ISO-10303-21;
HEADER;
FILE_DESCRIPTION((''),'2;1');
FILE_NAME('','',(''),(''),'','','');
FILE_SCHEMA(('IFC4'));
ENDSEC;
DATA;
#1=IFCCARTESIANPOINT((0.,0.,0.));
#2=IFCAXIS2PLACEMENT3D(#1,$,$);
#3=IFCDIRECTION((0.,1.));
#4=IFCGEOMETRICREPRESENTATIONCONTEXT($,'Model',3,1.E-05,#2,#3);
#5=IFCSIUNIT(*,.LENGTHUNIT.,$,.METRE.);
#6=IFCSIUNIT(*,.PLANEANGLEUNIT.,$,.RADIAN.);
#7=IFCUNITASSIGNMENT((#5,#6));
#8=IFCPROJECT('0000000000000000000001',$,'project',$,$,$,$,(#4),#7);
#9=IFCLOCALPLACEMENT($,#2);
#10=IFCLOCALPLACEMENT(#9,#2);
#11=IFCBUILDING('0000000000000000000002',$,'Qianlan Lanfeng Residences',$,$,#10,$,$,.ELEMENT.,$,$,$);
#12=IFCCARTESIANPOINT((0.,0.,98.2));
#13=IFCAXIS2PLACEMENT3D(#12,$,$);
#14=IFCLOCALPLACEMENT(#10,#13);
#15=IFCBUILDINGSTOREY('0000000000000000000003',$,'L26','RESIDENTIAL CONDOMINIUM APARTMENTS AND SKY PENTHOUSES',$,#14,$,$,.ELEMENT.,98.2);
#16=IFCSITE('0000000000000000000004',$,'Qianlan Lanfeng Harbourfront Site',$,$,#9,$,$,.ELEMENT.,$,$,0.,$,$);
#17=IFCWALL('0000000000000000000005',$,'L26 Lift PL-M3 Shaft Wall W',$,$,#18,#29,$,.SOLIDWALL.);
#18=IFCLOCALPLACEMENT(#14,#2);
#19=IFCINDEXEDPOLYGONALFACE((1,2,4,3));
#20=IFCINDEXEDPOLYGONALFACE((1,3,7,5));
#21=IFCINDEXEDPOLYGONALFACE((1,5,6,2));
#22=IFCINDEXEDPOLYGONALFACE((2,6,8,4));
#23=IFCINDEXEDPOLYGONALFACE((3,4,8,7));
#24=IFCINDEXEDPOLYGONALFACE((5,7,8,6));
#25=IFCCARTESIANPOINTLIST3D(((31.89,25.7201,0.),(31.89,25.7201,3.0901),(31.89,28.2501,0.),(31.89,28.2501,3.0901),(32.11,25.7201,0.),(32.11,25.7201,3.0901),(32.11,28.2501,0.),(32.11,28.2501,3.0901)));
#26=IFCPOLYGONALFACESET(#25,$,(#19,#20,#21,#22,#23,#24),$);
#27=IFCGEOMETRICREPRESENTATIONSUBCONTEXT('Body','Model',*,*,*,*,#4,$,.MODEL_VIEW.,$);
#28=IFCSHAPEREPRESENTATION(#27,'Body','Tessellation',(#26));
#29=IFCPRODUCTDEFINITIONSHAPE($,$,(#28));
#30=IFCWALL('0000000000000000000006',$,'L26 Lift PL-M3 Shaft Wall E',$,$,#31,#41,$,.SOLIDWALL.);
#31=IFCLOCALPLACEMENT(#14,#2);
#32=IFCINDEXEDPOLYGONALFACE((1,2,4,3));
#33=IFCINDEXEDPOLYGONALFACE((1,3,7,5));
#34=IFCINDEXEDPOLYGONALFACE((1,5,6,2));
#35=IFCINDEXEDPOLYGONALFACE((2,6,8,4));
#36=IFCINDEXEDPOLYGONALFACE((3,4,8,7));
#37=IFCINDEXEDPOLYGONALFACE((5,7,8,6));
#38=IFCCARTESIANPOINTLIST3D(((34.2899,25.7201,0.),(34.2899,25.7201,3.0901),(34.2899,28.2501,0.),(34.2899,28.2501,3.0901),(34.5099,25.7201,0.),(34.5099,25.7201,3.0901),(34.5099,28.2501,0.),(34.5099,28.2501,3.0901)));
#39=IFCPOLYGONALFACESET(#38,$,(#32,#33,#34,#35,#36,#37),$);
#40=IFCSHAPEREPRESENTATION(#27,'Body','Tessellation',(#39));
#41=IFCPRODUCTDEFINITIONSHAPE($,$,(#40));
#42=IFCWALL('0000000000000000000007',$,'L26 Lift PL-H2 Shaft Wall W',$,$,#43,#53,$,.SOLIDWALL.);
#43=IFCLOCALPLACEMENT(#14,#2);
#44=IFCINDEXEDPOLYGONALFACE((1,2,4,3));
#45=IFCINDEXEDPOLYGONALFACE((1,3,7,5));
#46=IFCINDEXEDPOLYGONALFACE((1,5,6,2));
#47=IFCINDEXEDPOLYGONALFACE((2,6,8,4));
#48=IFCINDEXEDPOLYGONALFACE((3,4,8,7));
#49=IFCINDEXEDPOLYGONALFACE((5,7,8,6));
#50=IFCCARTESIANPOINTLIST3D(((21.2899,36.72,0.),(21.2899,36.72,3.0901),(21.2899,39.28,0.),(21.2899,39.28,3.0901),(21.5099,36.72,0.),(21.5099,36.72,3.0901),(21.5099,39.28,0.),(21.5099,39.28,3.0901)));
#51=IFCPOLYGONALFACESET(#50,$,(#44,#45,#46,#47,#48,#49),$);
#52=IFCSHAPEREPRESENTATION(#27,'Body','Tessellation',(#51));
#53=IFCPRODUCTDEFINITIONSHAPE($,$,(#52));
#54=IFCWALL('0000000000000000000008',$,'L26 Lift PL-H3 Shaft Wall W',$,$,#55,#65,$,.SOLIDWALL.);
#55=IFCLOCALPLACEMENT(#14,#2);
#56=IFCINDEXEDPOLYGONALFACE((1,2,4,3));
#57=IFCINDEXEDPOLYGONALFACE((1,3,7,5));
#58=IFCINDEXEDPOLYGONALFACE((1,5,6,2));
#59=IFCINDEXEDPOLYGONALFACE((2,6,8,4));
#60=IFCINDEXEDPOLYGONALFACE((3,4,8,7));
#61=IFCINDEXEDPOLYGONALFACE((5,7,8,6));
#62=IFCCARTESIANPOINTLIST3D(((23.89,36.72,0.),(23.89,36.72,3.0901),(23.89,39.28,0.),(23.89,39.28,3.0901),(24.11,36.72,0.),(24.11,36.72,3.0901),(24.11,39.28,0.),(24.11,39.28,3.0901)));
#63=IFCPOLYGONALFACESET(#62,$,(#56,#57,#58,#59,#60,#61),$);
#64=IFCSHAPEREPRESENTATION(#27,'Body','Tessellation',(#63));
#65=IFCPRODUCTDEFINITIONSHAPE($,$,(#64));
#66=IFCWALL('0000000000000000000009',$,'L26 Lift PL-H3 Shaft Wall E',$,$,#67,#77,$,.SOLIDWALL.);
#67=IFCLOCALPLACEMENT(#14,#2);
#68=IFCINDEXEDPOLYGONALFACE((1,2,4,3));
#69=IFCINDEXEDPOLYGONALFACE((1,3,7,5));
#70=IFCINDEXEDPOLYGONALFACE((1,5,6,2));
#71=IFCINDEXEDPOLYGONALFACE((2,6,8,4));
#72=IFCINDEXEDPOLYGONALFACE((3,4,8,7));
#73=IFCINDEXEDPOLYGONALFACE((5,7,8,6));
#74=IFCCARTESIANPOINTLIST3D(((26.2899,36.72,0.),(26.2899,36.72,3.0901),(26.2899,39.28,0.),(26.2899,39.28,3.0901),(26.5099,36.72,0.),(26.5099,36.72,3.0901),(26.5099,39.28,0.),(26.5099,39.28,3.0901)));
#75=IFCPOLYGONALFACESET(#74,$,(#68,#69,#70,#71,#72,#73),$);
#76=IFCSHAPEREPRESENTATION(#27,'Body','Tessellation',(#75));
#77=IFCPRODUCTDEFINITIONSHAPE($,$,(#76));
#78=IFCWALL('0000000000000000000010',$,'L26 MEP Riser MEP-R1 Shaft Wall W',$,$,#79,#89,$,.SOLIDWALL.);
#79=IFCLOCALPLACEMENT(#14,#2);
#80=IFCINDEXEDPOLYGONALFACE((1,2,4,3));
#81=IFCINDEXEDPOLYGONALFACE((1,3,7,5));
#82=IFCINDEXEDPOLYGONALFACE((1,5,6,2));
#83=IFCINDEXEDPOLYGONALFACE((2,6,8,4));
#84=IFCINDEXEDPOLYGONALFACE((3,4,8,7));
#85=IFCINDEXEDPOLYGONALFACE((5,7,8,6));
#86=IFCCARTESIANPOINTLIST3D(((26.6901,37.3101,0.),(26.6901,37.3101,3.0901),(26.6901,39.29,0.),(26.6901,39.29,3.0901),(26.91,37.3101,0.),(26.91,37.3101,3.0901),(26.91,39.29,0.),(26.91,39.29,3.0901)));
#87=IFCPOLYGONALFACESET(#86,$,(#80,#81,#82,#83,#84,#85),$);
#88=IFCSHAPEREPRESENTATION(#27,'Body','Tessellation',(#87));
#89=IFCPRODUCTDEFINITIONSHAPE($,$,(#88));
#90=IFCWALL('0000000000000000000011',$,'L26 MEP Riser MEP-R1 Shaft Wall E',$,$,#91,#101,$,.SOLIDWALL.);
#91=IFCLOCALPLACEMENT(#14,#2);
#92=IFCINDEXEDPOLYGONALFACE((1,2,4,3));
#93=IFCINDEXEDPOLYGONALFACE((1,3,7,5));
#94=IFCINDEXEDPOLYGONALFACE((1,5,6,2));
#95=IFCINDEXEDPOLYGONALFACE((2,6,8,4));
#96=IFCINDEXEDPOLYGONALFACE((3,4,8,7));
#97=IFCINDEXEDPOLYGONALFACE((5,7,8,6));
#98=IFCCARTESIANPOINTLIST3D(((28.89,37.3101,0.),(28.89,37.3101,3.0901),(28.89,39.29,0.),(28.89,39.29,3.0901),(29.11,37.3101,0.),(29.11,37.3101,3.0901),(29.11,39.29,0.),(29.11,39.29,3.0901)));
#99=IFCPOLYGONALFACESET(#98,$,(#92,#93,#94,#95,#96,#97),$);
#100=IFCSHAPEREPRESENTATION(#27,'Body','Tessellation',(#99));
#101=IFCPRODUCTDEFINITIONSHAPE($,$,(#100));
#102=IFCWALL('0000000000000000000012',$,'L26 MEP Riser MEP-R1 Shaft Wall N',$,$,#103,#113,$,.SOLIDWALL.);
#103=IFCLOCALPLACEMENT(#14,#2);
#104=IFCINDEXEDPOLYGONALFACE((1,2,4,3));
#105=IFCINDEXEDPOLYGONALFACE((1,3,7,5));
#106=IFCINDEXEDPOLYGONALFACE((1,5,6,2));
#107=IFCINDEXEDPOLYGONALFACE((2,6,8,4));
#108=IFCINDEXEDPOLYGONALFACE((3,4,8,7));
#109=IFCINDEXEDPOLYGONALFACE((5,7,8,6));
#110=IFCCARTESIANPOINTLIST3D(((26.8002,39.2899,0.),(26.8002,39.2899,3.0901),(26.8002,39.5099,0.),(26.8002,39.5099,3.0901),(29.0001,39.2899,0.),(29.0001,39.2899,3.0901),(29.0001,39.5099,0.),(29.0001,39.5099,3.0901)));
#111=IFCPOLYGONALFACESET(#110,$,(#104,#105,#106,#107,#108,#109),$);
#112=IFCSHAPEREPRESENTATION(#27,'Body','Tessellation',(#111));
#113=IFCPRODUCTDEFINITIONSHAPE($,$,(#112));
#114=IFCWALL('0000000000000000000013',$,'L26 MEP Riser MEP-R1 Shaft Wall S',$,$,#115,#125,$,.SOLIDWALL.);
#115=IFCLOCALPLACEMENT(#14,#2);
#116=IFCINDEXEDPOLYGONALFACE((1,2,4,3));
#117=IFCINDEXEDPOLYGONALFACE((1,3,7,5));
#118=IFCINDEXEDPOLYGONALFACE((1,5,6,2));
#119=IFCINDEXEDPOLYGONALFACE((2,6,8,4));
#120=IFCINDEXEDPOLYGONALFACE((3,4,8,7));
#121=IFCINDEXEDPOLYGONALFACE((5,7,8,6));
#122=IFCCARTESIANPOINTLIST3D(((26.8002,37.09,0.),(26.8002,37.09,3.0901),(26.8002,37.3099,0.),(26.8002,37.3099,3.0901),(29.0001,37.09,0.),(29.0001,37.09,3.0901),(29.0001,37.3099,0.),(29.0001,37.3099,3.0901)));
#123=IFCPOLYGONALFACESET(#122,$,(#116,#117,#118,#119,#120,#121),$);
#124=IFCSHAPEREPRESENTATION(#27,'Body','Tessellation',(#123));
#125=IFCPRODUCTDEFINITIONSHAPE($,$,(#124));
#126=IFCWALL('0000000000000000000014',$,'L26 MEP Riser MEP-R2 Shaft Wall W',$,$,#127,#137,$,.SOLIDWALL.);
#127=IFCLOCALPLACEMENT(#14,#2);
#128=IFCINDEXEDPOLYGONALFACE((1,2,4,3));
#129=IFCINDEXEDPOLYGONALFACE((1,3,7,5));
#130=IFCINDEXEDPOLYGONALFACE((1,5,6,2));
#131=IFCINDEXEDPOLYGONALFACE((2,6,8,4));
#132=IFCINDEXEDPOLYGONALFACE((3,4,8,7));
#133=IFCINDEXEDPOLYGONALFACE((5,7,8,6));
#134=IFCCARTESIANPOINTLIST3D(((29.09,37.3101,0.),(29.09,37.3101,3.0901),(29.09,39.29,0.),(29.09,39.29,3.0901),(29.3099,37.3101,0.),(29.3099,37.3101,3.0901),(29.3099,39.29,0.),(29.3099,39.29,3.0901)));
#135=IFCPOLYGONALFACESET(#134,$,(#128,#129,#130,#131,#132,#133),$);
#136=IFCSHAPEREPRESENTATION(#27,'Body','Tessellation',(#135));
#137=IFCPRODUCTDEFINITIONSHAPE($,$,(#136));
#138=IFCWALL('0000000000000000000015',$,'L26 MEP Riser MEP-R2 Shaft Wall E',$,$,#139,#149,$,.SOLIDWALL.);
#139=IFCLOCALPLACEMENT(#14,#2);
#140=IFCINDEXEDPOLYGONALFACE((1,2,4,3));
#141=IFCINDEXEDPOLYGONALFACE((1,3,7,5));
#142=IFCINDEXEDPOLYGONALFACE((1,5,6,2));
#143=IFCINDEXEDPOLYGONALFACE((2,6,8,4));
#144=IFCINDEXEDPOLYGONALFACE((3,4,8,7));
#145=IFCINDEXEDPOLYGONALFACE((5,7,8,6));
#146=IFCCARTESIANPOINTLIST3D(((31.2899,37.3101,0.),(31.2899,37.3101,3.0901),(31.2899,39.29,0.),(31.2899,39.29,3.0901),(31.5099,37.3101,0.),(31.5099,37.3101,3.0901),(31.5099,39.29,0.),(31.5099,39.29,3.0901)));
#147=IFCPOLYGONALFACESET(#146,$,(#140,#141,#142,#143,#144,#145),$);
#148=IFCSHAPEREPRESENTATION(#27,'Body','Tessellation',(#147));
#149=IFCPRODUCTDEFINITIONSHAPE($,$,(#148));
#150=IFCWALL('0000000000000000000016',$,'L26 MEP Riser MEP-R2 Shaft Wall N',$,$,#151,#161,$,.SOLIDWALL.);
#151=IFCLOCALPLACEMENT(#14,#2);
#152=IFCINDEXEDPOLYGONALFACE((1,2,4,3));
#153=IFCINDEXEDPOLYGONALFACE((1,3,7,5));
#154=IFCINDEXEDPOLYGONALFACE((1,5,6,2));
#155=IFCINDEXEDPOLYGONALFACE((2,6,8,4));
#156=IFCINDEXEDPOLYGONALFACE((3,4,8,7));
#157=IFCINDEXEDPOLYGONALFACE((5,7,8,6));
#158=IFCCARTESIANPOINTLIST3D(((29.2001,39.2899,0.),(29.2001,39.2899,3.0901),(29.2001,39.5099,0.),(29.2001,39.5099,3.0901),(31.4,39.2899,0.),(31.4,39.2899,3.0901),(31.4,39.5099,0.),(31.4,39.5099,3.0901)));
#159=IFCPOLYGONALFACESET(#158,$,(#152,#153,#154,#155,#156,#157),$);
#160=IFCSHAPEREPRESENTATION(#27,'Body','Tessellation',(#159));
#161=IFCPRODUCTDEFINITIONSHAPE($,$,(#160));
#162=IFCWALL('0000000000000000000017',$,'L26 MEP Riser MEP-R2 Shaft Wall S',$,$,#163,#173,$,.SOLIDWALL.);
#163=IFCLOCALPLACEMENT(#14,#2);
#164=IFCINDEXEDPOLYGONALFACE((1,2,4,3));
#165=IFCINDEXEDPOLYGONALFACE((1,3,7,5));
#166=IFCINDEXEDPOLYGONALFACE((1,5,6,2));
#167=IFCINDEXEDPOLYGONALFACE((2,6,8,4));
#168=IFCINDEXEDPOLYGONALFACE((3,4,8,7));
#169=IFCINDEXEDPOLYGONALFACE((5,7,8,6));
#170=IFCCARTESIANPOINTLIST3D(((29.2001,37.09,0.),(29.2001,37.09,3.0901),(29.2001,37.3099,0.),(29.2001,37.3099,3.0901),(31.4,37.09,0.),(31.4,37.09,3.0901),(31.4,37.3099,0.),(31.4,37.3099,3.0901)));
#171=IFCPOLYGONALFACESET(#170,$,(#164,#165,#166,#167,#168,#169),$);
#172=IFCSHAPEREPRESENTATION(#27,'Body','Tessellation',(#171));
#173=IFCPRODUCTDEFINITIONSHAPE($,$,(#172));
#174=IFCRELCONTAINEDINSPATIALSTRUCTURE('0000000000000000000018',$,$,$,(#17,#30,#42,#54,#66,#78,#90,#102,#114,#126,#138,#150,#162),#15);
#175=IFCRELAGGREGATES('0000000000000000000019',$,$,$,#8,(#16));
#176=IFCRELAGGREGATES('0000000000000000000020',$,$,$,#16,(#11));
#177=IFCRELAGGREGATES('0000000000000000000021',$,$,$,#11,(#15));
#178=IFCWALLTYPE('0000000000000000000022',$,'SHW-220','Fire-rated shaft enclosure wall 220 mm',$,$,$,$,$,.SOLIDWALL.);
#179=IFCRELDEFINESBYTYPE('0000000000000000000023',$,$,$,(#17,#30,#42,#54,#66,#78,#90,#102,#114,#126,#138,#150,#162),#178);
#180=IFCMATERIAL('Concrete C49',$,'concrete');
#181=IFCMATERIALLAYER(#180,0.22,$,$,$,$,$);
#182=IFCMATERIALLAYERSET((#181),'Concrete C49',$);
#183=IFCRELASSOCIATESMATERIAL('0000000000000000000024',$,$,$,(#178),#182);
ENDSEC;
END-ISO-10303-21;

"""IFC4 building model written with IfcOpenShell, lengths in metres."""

from ifc_helpers import new_model, si_unit, direction, frame, frame_2d, origin, place, context, subcontext, project, spatial, rectangle, extrude, material, layer, layer_set, type_object, element, save


model = new_model("IFC4")

# Units and contexts
model_context = context("Model", 3, precision=1e-05, world=origin(), true_north=direction((0.0, 1.0)))
body_context = subcontext(model_context, "Body", "Model", "MODEL_VIEW")
ifc_project = project(units=[si_unit("LENGTHUNIT", "METRE"), si_unit("PLANEANGLEUNIT", "RADIAN")], contexts=[model_context])

# Site, building, storey
site_placement = place(None, origin())
site = spatial("IfcSite", under=ifc_project, at=site_placement, Name="Qianlan Lanfeng Harbourfront Site", CompositionType="ELEMENT", RefElevation=0.0)
building_placement = place(site_placement, origin())
building = spatial("IfcBuilding", under=site, at=building_placement, Name="Qianlan Lanfeng Residences", CompositionType="ELEMENT")
storey_placement = place(building_placement, frame((0.0, 0.0, 98.2)))
storey = spatial("IfcBuildingStorey", under=building, at=storey_placement, Name="L26", Description="RESIDENTIAL CONDOMINIUM APARTMENTS AND SKY PENTHOUSES", CompositionType="ELEMENT", Elevation=98.2)

# Walls
ifc_material_1 = material(Name="Concrete C49", Category="concrete")
ifc_layer_1 = layer(ifc_material_1, 0.22)
ifc_layer_set_1 = layer_set([ifc_layer_1], Name="Concrete C49")
wall_type_1 = type_object("IfcWallType", Name="SHW-220", Description="Fire-rated shaft enclosure wall 220 mm", PredefinedType="SOLIDWALL", material=ifc_layer_set_1)
for number, where, z_axis, x_axis, name in (
    (1, (32.0, 25.72, 0.0), (0.0, 0.0, 1.0), (0.0, 1.0, 0.0), "L26 Lift PL-M3 Shaft Wall W"),
    (2, (34.3999, 25.72, 0.0), (0.0, 0.0, 1.0), (0.0, 1.0, 0.0), "L26 Lift PL-M3 Shaft Wall E"),
):
    element("IfcWall", number, at=place(storey_placement, frame(where, z_axis=z_axis, x_axis=x_axis)), inside=storey, type_object=wall_type_1, Name=name, PredefinedType="SOLIDWALL", context=body_context, shape_type="SweptSolid", body=[
        extrude(rectangle(XDim=2.53, YDim=0.22, at=frame_2d((1.2651, 0.0))), origin(), (0.0, 0.0, 1.0), 3.0901),
    ])
for number, where, z_axis, x_axis, name in (
    (3, (21.3999, 36.72, 0.0), (0.0, 0.0, 1.0), (0.0, 1.0, 0.0), "L26 Lift PL-H2 Shaft Wall W"),
    (4, (24.0, 36.72, 0.0), (0.0, 0.0, 1.0), (0.0, 1.0, 0.0), "L26 Lift PL-H3 Shaft Wall W"),
    (5, (26.3999, 36.72, 0.0), (0.0, 0.0, 1.0), (0.0, 1.0, 0.0), "L26 Lift PL-H3 Shaft Wall E"),
):
    element("IfcWall", number, at=place(storey_placement, frame(where, z_axis=z_axis, x_axis=x_axis)), inside=storey, type_object=wall_type_1, Name=name, PredefinedType="SOLIDWALL", context=body_context, shape_type="SweptSolid", body=[
        extrude(rectangle(XDim=2.5601, YDim=0.22, at=frame_2d((1.28, 0.0))), origin(), (0.0, 0.0, 1.0), 3.0901),
    ])
for number, where, z_axis, x_axis, name in (
    (6, (26.8, 37.3101, 0.0), (0.0, 0.0, 1.0), (0.0, 1.0, 0.0), "L26 MEP Riser MEP-R1 Shaft Wall W"),
    (7, (29.0, 37.3101, 0.0), (0.0, 0.0, 1.0), (0.0, 1.0, 0.0), "L26 MEP Riser MEP-R1 Shaft Wall E"),
):
    element("IfcWall", number, at=place(storey_placement, frame(where, z_axis=z_axis, x_axis=x_axis)), inside=storey, type_object=wall_type_1, Name=name, PredefinedType="SOLIDWALL", context=body_context, shape_type="SweptSolid", body=[
        extrude(rectangle(XDim=1.98, YDim=0.22, at=frame_2d((0.99, 0.0))), origin(), (0.0, 0.0, 1.0), 3.0901),
    ])
for number, where, z_axis, x_axis, name in (
    (8, (26.8, 39.3999, 0.0), (0.0, 0.0, 1.0), (1.0, 0.0, 0.0), "L26 MEP Riser MEP-R1 Shaft Wall N"),
    (9, (26.8, 37.2, 0.0), (0.0, 0.0, 1.0), (1.0, 0.0, 0.0), "L26 MEP Riser MEP-R1 Shaft Wall S"),
):
    element("IfcWall", number, at=place(storey_placement, frame(where, z_axis=z_axis, x_axis=x_axis)), inside=storey, type_object=wall_type_1, Name=name, PredefinedType="SOLIDWALL", context=body_context, shape_type="SweptSolid", body=[
        extrude(rectangle(XDim=2.2, YDim=0.22, at=frame_2d((1.1001, 0.0))), origin(), (0.0, 0.0, 1.0), 3.0901),
    ])
for number, where, z_axis, x_axis, name in (
    (10, (29.2, 37.3101, 0.0), (0.0, 0.0, 1.0), (0.0, 1.0, 0.0), "L26 MEP Riser MEP-R2 Shaft Wall W"),
    (11, (31.3999, 37.3101, 0.0), (0.0, 0.0, 1.0), (0.0, 1.0, 0.0), "L26 MEP Riser MEP-R2 Shaft Wall E"),
):
    element("IfcWall", number, at=place(storey_placement, frame(where, z_axis=z_axis, x_axis=x_axis)), inside=storey, type_object=wall_type_1, Name=name, PredefinedType="SOLIDWALL", context=body_context, shape_type="SweptSolid", body=[
        extrude(rectangle(XDim=1.98, YDim=0.22, at=frame_2d((0.99, 0.0))), origin(), (0.0, 0.0, 1.0), 3.0901),
    ])
for number, where, z_axis, x_axis, name in (
    (12, (29.2, 39.3999, 0.0), (0.0, 0.0, 1.0), (1.0, 0.0, 0.0), "L26 MEP Riser MEP-R2 Shaft Wall N"),
    (13, (29.2, 37.2, 0.0), (0.0, 0.0, 1.0), (1.0, 0.0, 0.0), "L26 MEP Riser MEP-R2 Shaft Wall S"),
):
    element("IfcWall", number, at=place(storey_placement, frame(where, z_axis=z_axis, x_axis=x_axis)), inside=storey, type_object=wall_type_1, Name=name, PredefinedType="SOLIDWALL", context=body_context, shape_type="SweptSolid", body=[
        extrude(rectangle(XDim=2.2, YDim=0.22, at=frame_2d((1.1001, 0.0))), origin(), (0.0, 0.0, 1.0), 3.0901),
    ])

save(model, "model.ifc")
